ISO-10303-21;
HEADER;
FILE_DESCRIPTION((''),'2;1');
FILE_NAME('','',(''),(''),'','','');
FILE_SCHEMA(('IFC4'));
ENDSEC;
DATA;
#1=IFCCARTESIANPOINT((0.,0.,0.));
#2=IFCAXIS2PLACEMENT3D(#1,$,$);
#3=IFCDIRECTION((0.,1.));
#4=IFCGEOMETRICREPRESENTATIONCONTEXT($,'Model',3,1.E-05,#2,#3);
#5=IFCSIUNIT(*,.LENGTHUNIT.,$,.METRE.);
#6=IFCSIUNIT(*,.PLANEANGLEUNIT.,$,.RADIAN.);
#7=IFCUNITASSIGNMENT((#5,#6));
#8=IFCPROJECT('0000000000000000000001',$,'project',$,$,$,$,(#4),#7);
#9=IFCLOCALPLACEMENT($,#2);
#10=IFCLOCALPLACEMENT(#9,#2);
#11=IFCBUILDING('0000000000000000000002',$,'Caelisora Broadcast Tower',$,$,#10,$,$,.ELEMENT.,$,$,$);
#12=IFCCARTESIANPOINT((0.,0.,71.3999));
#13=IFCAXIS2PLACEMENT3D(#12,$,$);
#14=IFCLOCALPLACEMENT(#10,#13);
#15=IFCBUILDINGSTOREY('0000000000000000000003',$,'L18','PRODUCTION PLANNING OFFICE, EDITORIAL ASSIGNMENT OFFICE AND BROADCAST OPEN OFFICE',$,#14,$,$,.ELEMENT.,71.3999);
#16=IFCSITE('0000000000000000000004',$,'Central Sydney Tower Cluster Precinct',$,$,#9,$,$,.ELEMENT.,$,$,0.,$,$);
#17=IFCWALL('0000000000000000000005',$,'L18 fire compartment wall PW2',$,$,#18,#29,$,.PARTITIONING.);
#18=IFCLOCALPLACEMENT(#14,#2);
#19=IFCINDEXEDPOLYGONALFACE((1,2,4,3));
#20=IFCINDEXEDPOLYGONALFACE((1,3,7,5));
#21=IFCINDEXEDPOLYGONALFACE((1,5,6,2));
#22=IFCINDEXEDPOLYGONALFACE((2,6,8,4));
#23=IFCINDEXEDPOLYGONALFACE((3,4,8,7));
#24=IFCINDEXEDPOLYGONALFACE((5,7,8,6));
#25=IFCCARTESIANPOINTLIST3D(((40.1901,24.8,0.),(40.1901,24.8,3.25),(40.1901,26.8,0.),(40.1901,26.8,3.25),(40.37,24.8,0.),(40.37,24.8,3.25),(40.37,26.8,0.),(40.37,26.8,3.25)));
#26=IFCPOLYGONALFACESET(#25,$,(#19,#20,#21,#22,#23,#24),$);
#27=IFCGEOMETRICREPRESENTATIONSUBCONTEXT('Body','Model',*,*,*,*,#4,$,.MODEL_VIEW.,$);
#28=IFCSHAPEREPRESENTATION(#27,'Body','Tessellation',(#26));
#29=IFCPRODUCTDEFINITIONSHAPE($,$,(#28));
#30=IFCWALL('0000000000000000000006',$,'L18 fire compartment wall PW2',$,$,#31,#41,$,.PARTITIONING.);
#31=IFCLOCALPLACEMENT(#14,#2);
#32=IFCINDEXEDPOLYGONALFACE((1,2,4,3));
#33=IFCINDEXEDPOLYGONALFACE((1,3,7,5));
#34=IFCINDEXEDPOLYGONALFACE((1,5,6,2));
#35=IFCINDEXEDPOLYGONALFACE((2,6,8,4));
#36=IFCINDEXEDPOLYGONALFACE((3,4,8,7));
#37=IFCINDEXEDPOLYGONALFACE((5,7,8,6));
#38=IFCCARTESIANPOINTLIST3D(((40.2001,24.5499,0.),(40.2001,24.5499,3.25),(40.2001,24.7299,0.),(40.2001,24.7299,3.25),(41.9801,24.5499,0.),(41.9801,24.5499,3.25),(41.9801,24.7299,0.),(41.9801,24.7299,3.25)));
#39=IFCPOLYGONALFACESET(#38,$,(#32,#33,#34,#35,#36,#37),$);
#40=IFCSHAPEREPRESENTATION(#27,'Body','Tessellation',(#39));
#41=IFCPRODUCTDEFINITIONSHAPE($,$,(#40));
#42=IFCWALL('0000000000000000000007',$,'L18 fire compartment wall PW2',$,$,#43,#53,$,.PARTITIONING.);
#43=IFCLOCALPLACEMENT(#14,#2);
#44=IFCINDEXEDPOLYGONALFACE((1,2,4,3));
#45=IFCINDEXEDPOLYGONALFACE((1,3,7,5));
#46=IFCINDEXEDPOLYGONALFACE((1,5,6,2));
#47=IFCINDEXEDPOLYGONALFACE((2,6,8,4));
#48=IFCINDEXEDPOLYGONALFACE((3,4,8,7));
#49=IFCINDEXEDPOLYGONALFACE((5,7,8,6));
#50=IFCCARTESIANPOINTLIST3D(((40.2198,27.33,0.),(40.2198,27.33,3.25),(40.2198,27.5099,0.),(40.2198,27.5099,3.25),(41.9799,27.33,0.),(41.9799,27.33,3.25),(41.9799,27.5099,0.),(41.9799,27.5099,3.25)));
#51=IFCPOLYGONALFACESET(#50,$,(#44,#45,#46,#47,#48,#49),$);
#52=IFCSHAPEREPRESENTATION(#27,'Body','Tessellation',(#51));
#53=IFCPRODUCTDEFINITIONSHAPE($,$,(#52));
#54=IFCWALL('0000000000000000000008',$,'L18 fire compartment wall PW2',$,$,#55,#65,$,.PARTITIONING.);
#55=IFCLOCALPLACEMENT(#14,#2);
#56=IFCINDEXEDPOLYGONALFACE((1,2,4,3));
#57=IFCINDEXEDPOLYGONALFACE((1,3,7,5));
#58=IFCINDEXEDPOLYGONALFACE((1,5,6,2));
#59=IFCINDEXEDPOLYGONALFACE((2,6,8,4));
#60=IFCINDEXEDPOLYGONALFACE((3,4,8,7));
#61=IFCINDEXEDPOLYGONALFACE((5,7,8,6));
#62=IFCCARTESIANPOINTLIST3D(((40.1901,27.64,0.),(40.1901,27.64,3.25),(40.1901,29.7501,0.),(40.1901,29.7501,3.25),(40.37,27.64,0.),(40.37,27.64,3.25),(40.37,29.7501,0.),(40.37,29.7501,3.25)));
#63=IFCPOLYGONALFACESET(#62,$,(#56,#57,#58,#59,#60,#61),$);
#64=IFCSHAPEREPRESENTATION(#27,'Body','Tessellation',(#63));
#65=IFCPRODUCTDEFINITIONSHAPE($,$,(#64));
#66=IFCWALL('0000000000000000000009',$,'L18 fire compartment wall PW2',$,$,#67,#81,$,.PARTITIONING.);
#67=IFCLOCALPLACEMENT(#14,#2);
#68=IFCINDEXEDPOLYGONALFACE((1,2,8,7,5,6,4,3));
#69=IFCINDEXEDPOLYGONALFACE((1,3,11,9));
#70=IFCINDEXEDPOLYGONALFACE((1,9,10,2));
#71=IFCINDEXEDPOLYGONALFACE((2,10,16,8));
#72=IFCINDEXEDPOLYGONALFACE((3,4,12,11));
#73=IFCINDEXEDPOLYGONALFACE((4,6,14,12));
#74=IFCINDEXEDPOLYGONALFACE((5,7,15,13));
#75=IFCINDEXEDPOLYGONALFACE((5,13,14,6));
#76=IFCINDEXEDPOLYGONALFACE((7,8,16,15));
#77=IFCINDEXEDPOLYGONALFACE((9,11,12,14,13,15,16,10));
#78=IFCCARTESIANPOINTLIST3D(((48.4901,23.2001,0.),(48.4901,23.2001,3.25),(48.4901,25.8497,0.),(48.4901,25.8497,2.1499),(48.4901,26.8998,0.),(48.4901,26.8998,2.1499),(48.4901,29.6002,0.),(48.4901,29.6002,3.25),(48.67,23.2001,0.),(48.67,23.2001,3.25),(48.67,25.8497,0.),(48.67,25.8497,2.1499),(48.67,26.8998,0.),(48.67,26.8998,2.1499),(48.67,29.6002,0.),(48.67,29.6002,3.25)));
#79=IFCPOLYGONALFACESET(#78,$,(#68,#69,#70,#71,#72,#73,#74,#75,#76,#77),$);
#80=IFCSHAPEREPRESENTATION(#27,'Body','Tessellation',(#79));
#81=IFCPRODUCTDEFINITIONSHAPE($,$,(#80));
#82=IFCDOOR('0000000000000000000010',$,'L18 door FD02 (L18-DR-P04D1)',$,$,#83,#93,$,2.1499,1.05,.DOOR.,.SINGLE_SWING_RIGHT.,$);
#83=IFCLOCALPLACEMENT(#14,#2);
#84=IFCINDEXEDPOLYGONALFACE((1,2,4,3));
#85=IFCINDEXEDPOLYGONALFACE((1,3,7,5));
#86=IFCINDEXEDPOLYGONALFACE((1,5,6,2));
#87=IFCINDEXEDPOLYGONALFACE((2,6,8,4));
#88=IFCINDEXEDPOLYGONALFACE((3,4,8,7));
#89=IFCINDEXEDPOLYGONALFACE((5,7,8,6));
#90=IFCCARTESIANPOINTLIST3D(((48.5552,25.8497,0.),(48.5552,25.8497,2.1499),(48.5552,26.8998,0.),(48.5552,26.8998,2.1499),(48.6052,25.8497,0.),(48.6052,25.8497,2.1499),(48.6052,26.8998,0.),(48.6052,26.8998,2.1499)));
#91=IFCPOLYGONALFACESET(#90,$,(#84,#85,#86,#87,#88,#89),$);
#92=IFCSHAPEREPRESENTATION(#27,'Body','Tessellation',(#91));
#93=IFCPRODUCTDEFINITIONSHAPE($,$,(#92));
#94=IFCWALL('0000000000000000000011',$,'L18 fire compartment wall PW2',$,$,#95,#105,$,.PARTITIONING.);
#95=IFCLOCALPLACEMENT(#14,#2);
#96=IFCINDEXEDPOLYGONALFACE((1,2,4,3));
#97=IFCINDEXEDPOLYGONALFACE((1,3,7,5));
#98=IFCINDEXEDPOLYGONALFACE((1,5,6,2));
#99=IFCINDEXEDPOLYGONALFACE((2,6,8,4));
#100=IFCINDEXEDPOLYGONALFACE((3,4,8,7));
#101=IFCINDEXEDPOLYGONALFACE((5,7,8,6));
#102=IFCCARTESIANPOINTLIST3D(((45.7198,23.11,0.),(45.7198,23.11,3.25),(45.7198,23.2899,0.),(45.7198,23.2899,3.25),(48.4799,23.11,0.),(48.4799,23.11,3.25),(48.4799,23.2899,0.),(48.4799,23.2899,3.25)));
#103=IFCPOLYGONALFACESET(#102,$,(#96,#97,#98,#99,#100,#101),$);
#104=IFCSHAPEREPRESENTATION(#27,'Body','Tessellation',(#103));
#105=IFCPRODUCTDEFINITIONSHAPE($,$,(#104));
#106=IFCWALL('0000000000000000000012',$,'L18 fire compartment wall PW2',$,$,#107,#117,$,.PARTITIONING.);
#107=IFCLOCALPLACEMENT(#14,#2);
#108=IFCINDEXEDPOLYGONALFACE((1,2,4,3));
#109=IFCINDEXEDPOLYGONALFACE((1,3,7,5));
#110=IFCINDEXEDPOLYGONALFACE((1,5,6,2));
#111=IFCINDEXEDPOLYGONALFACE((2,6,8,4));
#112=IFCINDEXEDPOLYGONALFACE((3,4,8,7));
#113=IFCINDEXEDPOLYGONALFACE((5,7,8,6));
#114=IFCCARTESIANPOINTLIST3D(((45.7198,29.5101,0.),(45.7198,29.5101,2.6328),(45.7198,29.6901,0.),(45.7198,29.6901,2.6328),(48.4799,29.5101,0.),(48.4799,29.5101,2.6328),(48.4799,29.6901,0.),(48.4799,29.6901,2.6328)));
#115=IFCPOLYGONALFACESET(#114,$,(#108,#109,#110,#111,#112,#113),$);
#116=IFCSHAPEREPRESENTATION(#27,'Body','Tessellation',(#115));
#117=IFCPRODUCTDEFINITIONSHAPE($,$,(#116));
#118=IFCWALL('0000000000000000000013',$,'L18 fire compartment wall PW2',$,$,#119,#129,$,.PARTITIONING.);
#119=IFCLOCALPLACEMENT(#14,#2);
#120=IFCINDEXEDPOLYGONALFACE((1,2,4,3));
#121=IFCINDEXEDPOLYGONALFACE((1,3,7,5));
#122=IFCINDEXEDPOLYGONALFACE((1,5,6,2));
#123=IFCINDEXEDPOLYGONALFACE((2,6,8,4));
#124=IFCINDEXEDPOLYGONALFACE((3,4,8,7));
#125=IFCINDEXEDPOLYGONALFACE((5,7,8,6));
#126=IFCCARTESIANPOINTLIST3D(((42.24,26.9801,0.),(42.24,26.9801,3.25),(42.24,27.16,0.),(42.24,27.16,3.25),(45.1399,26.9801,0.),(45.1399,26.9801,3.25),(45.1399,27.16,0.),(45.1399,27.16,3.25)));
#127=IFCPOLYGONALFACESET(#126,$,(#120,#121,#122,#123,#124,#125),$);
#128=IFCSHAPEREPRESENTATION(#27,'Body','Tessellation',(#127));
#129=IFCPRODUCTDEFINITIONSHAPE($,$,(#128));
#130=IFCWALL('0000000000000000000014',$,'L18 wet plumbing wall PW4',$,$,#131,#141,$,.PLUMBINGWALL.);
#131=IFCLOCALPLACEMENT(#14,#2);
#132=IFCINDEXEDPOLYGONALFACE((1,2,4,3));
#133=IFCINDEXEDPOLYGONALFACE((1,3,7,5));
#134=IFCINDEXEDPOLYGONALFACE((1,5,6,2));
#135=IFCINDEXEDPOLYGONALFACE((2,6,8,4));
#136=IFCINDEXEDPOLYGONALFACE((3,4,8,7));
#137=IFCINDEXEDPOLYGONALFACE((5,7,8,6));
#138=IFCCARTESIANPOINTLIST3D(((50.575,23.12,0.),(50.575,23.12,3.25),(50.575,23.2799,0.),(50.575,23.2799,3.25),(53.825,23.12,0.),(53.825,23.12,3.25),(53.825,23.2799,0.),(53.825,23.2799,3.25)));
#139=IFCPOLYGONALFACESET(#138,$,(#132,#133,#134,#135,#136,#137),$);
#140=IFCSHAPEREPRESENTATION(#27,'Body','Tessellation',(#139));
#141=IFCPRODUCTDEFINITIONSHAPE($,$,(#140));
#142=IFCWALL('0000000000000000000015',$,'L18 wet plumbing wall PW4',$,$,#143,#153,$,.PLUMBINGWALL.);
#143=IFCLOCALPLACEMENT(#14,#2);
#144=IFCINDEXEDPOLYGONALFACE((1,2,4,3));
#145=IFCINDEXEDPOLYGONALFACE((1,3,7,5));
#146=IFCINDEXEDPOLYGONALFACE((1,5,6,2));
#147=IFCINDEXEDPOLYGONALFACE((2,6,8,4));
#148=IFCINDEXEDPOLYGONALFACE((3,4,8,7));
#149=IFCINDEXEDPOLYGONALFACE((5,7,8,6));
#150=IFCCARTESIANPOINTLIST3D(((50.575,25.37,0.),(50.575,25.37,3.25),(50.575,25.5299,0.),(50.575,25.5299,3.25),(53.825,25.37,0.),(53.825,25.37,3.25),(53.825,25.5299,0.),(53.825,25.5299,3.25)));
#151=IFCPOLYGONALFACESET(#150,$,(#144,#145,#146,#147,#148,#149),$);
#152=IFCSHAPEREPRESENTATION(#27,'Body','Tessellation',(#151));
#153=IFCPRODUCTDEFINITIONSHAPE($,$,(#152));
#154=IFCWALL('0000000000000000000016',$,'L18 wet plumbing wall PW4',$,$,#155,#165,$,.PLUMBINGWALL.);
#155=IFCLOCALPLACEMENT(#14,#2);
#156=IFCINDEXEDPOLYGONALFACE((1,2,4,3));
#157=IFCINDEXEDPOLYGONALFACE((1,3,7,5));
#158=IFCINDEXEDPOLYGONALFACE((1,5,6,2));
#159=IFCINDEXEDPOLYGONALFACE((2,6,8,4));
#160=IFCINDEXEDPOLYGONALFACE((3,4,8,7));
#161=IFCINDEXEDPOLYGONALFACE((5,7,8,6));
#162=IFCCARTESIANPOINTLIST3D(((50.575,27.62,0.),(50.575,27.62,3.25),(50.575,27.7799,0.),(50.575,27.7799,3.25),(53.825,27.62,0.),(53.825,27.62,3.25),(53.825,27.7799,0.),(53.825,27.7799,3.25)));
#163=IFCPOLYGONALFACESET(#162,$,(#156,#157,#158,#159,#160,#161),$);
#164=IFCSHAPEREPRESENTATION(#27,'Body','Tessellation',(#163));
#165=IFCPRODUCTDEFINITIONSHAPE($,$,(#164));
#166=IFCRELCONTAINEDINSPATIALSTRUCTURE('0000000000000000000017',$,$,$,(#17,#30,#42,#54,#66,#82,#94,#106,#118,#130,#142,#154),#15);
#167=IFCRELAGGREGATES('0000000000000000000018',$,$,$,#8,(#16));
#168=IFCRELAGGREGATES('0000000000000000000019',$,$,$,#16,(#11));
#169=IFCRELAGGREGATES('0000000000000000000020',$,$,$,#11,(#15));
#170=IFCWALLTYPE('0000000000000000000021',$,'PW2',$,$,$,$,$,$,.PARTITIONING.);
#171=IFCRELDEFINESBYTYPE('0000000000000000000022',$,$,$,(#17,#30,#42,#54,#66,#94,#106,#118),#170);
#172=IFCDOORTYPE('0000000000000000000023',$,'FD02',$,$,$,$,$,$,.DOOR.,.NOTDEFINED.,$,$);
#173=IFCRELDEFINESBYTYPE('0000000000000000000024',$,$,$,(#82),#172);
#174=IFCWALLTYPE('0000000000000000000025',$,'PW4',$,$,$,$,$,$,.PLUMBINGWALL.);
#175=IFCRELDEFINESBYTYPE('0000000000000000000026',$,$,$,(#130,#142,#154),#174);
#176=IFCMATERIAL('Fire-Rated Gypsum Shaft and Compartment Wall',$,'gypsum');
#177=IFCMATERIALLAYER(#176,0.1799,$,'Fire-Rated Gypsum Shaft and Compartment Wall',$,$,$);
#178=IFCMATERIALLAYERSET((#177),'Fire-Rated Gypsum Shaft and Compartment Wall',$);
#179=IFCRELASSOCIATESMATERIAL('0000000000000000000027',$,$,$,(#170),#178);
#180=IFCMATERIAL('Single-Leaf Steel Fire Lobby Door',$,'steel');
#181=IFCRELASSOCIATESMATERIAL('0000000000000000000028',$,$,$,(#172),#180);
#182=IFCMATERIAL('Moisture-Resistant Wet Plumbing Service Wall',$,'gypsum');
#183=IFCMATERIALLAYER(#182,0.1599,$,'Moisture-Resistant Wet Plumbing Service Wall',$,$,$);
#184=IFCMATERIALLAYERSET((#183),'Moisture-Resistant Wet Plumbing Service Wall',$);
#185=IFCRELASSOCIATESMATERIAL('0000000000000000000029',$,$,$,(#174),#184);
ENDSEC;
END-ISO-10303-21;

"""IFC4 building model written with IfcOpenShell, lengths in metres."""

from ifc_helpers import new_model, si_unit, direction, frame, frame_2d, origin, place, context, subcontext, project, spatial, rectangle, extrude, material, layer, layer_set, type_object, element, fill, save


model = new_model("IFC4")

# Units and contexts
model_context = context("Model", 3, precision=1e-05, world=origin(), true_north=direction((0.0, 1.0)))
body_context = subcontext(model_context, "Body", "Model", "MODEL_VIEW")
ifc_project = project(units=[si_unit("LENGTHUNIT", "METRE"), si_unit("PLANEANGLEUNIT", "RADIAN")], contexts=[model_context])

# Site, building, storey
site_placement = place(None, origin())
site = spatial("IfcSite", under=ifc_project, at=site_placement, Name="Central Sydney Tower Cluster Precinct", CompositionType="ELEMENT", RefElevation=0.0)
building_placement = place(site_placement, origin())
building = spatial("IfcBuilding", under=site, at=building_placement, Name="Caelisora Broadcast Tower", CompositionType="ELEMENT")
storey_placement = place(building_placement, frame((0.0, 0.0, 71.3999)))
storey = spatial("IfcBuildingStorey", under=building, at=storey_placement, Name="L18", Description="PRODUCTION PLANNING OFFICE, EDITORIAL ASSIGNMENT OFFICE AND BROADCAST OPEN OFFICE", CompositionType="ELEMENT", Elevation=71.3999)

# Walls
ifc_material_1 = material(Name="Fire-Rated Gypsum Shaft and Compartment Wall", Category="gypsum")
ifc_layer_1 = layer(ifc_material_1, 0.1799, Name="Fire-Rated Gypsum Shaft and Compartment Wall")
ifc_layer_set_1 = layer_set([ifc_layer_1], Name="Fire-Rated Gypsum Shaft and Compartment Wall")
wall_type_1 = type_object("IfcWallType", Name="PW2", PredefinedType="PARTITIONING", material=ifc_layer_set_1)
wall_1_placement = place(storey_placement, frame((40.28, 24.8, 0.0), z_axis=(0.0, 0.0, 1.0), x_axis=(0.0, 1.0, 0.0)))
element("IfcWall", 1, at=wall_1_placement, inside=storey, type_object=wall_type_1, Name="L18 fire compartment wall PW2", PredefinedType="PARTITIONING", context=body_context, shape_type="SweptSolid", body=[
    extrude(rectangle(XDim=2.0, YDim=0.1799, at=frame_2d((1.0, 0.0))), origin(), (0.0, 0.0, 1.0), 3.25),
])
wall_2_placement = place(storey_placement, frame((40.2, 24.6399, 0.0), z_axis=(0.0, 0.0, 1.0), x_axis=(1.0, 0.0, 0.0)))
element("IfcWall", 2, at=wall_2_placement, inside=storey, type_object=wall_type_1, Name="L18 fire compartment wall PW2", PredefinedType="PARTITIONING", context=body_context, shape_type="SweptSolid", body=[
    extrude(rectangle(XDim=1.78, YDim=0.1799, at=frame_2d((0.8901, 0.0))), origin(), (0.0, 0.0, 1.0), 3.25),
])
wall_3_placement = place(storey_placement, frame((40.22, 27.4199, 0.0), z_axis=(0.0, 0.0, 1.0), x_axis=(1.0, 0.0, 0.0)))
element("IfcWall", 3, at=wall_3_placement, inside=storey, type_object=wall_type_1, Name="L18 fire compartment wall PW2", PredefinedType="PARTITIONING", context=body_context, shape_type="SweptSolid", body=[
    extrude(rectangle(XDim=1.76, YDim=0.1799, at=frame_2d((0.8799, 0.0))), origin(), (0.0, 0.0, 1.0), 3.25),
])
wall_4_placement = place(storey_placement, frame((40.28, 27.6399, 0.0), z_axis=(0.0, 0.0, 1.0), x_axis=(0.0, 1.0, 0.0)))
element("IfcWall", 4, at=wall_4_placement, inside=storey, type_object=wall_type_1, Name="L18 fire compartment wall PW2", PredefinedType="PARTITIONING", context=body_context, shape_type="SweptSolid", body=[
    extrude(rectangle(XDim=2.1101, YDim=0.1799, at=frame_2d((1.0552, 0.0))), origin(), (0.0, 0.0, 1.0), 3.25),
])

# Wall, opening, door
wall_5_placement = place(storey_placement, frame((48.5801, 23.2, 0.0), z_axis=(0.0, 0.0, 1.0), x_axis=(0.0, 1.0, 0.0)))
wall_5 = element("IfcWall", 5, at=wall_5_placement, inside=storey, type_object=wall_type_1, Name="L18 fire compartment wall PW2", PredefinedType="PARTITIONING", context=body_context, shape_type="SweptSolid", body=[
    extrude(rectangle(XDim=6.4001, YDim=0.1799, at=frame_2d((3.2002, 0.0))), origin(), (0.0, 0.0, 1.0), 3.25),
])
opening_1_placement = place(wall_5_placement, frame((2.6499, 0.0, 0.0)))
opening_1 = element("IfcOpeningElement", 6, at=opening_1_placement, cuts=wall_5, PredefinedType="OPENING", context=body_context, shape_type="SweptSolid", body=[
    extrude(rectangle(XDim=1.05, YDim=2.1499, at=frame_2d((0.5249, 1.075))), frame((0.0, 0.1021, 0.0), z_axis=(0.0, -1.0, 0.0), x_axis=(1.0, 0.0, 0.0)), (0.0, 0.0, 1.0), 0.2039),
])
ifc_material_2 = material(Name="Single-Leaf Steel Fire Lobby Door", Category="steel")
door_type_1 = type_object("IfcDoorType", Name="FD02", OperationType="NOTDEFINED", PredefinedType="DOOR", material=ifc_material_2)
door_1_placement = place(opening_1_placement, origin())
door_1 = element("IfcDoor", 7, at=door_1_placement, inside=storey, type_object=door_type_1, Name="L18 door FD02 (L18-DR-P04D1)", OperationType="SINGLE_SWING_RIGHT", OverallHeight=2.1499, OverallWidth=1.05, PredefinedType="DOOR", context=body_context, shape_type="SweptSolid", body=[
    extrude(rectangle(XDim=1.05, YDim=2.1499, at=frame_2d((0.5249, 1.075))), frame((0.0, 0.0249, 0.0), z_axis=(0.0, -1.0, 0.0), x_axis=(1.0, 0.0, 0.0)), (0.0, 0.0, 1.0), 0.05),
])
fill(opening_1, door_1)

# Walls
wall_6_placement = place(storey_placement, frame((45.72, 23.2, 0.0), z_axis=(0.0, 0.0, 1.0), x_axis=(1.0, 0.0, 0.0)))
element("IfcWall", 8, at=wall_6_placement, inside=storey, type_object=wall_type_1, Name="L18 fire compartment wall PW2", PredefinedType="PARTITIONING", context=body_context, shape_type="SweptSolid", body=[
    extrude(rectangle(XDim=2.76, YDim=0.1799, at=frame_2d((1.3799, 0.0))), origin(), (0.0, 0.0, 1.0), 3.25),
])
wall_7_placement = place(storey_placement, frame((45.72, 29.6001, 0.0), z_axis=(0.0, 0.0, 1.0), x_axis=(1.0, 0.0, 0.0)))
element("IfcWall", 9, at=wall_7_placement, inside=storey, type_object=wall_type_1, Name="L18 fire compartment wall PW2", PredefinedType="PARTITIONING", context=body_context, shape_type="SweptSolid", body=[
    extrude(rectangle(XDim=2.76, YDim=0.1799, at=frame_2d((1.3799, 0.0))), origin(), (0.0, 0.0, 1.0), 2.6328),
])
wall_8_placement = place(storey_placement, frame((42.24, 27.0701, 0.0), z_axis=(0.0, 0.0, 1.0), x_axis=(1.0, 0.0, 0.0)))
element("IfcWall", 10, at=wall_8_placement, inside=storey, type_object=wall_type_1, Name="L18 fire compartment wall PW2", PredefinedType="PARTITIONING", context=body_context, shape_type="SweptSolid", body=[
    extrude(rectangle(XDim=2.8999, YDim=0.1799, at=frame_2d((1.45, 0.0))), origin(), (0.0, 0.0, 1.0), 3.25),
])
ifc_material_3 = material(Name="Moisture-Resistant Wet Plumbing Service Wall", Category="gypsum")
ifc_layer_2 = layer(ifc_material_3, 0.1599, Name="Moisture-Resistant Wet Plumbing Service Wall")
ifc_layer_set_2 = layer_set([ifc_layer_2], Name="Moisture-Resistant Wet Plumbing Service Wall")
wall_type_2 = type_object("IfcWallType", Name="PW4", PredefinedType="PLUMBINGWALL", material=ifc_layer_set_2)
for number, where, z_axis, x_axis, name in (
    (11, (50.575, 23.2, 0.0), (0.0, 0.0, 1.0), (1.0, 0.0, 0.0), "L18 wet plumbing wall PW4"),
    (12, (50.575, 25.45, 0.0), (0.0, 0.0, 1.0), (1.0, 0.0, 0.0), "L18 wet plumbing wall PW4"),
    (13, (50.575, 27.7, 0.0), (0.0, 0.0, 1.0), (1.0, 0.0, 0.0), "L18 wet plumbing wall PW4"),
):
    element("IfcWall", number, at=place(storey_placement, frame(where, z_axis=z_axis, x_axis=x_axis)), inside=storey, type_object=wall_type_2, Name=name, PredefinedType="PLUMBINGWALL", context=body_context, shape_type="SweptSolid", body=[
        extrude(rectangle(XDim=3.25, YDim=0.1599, at=frame_2d((1.625, 0.0))), origin(), (0.0, 0.0, 1.0), 3.25),
    ])

save(model, "model.ifc")
